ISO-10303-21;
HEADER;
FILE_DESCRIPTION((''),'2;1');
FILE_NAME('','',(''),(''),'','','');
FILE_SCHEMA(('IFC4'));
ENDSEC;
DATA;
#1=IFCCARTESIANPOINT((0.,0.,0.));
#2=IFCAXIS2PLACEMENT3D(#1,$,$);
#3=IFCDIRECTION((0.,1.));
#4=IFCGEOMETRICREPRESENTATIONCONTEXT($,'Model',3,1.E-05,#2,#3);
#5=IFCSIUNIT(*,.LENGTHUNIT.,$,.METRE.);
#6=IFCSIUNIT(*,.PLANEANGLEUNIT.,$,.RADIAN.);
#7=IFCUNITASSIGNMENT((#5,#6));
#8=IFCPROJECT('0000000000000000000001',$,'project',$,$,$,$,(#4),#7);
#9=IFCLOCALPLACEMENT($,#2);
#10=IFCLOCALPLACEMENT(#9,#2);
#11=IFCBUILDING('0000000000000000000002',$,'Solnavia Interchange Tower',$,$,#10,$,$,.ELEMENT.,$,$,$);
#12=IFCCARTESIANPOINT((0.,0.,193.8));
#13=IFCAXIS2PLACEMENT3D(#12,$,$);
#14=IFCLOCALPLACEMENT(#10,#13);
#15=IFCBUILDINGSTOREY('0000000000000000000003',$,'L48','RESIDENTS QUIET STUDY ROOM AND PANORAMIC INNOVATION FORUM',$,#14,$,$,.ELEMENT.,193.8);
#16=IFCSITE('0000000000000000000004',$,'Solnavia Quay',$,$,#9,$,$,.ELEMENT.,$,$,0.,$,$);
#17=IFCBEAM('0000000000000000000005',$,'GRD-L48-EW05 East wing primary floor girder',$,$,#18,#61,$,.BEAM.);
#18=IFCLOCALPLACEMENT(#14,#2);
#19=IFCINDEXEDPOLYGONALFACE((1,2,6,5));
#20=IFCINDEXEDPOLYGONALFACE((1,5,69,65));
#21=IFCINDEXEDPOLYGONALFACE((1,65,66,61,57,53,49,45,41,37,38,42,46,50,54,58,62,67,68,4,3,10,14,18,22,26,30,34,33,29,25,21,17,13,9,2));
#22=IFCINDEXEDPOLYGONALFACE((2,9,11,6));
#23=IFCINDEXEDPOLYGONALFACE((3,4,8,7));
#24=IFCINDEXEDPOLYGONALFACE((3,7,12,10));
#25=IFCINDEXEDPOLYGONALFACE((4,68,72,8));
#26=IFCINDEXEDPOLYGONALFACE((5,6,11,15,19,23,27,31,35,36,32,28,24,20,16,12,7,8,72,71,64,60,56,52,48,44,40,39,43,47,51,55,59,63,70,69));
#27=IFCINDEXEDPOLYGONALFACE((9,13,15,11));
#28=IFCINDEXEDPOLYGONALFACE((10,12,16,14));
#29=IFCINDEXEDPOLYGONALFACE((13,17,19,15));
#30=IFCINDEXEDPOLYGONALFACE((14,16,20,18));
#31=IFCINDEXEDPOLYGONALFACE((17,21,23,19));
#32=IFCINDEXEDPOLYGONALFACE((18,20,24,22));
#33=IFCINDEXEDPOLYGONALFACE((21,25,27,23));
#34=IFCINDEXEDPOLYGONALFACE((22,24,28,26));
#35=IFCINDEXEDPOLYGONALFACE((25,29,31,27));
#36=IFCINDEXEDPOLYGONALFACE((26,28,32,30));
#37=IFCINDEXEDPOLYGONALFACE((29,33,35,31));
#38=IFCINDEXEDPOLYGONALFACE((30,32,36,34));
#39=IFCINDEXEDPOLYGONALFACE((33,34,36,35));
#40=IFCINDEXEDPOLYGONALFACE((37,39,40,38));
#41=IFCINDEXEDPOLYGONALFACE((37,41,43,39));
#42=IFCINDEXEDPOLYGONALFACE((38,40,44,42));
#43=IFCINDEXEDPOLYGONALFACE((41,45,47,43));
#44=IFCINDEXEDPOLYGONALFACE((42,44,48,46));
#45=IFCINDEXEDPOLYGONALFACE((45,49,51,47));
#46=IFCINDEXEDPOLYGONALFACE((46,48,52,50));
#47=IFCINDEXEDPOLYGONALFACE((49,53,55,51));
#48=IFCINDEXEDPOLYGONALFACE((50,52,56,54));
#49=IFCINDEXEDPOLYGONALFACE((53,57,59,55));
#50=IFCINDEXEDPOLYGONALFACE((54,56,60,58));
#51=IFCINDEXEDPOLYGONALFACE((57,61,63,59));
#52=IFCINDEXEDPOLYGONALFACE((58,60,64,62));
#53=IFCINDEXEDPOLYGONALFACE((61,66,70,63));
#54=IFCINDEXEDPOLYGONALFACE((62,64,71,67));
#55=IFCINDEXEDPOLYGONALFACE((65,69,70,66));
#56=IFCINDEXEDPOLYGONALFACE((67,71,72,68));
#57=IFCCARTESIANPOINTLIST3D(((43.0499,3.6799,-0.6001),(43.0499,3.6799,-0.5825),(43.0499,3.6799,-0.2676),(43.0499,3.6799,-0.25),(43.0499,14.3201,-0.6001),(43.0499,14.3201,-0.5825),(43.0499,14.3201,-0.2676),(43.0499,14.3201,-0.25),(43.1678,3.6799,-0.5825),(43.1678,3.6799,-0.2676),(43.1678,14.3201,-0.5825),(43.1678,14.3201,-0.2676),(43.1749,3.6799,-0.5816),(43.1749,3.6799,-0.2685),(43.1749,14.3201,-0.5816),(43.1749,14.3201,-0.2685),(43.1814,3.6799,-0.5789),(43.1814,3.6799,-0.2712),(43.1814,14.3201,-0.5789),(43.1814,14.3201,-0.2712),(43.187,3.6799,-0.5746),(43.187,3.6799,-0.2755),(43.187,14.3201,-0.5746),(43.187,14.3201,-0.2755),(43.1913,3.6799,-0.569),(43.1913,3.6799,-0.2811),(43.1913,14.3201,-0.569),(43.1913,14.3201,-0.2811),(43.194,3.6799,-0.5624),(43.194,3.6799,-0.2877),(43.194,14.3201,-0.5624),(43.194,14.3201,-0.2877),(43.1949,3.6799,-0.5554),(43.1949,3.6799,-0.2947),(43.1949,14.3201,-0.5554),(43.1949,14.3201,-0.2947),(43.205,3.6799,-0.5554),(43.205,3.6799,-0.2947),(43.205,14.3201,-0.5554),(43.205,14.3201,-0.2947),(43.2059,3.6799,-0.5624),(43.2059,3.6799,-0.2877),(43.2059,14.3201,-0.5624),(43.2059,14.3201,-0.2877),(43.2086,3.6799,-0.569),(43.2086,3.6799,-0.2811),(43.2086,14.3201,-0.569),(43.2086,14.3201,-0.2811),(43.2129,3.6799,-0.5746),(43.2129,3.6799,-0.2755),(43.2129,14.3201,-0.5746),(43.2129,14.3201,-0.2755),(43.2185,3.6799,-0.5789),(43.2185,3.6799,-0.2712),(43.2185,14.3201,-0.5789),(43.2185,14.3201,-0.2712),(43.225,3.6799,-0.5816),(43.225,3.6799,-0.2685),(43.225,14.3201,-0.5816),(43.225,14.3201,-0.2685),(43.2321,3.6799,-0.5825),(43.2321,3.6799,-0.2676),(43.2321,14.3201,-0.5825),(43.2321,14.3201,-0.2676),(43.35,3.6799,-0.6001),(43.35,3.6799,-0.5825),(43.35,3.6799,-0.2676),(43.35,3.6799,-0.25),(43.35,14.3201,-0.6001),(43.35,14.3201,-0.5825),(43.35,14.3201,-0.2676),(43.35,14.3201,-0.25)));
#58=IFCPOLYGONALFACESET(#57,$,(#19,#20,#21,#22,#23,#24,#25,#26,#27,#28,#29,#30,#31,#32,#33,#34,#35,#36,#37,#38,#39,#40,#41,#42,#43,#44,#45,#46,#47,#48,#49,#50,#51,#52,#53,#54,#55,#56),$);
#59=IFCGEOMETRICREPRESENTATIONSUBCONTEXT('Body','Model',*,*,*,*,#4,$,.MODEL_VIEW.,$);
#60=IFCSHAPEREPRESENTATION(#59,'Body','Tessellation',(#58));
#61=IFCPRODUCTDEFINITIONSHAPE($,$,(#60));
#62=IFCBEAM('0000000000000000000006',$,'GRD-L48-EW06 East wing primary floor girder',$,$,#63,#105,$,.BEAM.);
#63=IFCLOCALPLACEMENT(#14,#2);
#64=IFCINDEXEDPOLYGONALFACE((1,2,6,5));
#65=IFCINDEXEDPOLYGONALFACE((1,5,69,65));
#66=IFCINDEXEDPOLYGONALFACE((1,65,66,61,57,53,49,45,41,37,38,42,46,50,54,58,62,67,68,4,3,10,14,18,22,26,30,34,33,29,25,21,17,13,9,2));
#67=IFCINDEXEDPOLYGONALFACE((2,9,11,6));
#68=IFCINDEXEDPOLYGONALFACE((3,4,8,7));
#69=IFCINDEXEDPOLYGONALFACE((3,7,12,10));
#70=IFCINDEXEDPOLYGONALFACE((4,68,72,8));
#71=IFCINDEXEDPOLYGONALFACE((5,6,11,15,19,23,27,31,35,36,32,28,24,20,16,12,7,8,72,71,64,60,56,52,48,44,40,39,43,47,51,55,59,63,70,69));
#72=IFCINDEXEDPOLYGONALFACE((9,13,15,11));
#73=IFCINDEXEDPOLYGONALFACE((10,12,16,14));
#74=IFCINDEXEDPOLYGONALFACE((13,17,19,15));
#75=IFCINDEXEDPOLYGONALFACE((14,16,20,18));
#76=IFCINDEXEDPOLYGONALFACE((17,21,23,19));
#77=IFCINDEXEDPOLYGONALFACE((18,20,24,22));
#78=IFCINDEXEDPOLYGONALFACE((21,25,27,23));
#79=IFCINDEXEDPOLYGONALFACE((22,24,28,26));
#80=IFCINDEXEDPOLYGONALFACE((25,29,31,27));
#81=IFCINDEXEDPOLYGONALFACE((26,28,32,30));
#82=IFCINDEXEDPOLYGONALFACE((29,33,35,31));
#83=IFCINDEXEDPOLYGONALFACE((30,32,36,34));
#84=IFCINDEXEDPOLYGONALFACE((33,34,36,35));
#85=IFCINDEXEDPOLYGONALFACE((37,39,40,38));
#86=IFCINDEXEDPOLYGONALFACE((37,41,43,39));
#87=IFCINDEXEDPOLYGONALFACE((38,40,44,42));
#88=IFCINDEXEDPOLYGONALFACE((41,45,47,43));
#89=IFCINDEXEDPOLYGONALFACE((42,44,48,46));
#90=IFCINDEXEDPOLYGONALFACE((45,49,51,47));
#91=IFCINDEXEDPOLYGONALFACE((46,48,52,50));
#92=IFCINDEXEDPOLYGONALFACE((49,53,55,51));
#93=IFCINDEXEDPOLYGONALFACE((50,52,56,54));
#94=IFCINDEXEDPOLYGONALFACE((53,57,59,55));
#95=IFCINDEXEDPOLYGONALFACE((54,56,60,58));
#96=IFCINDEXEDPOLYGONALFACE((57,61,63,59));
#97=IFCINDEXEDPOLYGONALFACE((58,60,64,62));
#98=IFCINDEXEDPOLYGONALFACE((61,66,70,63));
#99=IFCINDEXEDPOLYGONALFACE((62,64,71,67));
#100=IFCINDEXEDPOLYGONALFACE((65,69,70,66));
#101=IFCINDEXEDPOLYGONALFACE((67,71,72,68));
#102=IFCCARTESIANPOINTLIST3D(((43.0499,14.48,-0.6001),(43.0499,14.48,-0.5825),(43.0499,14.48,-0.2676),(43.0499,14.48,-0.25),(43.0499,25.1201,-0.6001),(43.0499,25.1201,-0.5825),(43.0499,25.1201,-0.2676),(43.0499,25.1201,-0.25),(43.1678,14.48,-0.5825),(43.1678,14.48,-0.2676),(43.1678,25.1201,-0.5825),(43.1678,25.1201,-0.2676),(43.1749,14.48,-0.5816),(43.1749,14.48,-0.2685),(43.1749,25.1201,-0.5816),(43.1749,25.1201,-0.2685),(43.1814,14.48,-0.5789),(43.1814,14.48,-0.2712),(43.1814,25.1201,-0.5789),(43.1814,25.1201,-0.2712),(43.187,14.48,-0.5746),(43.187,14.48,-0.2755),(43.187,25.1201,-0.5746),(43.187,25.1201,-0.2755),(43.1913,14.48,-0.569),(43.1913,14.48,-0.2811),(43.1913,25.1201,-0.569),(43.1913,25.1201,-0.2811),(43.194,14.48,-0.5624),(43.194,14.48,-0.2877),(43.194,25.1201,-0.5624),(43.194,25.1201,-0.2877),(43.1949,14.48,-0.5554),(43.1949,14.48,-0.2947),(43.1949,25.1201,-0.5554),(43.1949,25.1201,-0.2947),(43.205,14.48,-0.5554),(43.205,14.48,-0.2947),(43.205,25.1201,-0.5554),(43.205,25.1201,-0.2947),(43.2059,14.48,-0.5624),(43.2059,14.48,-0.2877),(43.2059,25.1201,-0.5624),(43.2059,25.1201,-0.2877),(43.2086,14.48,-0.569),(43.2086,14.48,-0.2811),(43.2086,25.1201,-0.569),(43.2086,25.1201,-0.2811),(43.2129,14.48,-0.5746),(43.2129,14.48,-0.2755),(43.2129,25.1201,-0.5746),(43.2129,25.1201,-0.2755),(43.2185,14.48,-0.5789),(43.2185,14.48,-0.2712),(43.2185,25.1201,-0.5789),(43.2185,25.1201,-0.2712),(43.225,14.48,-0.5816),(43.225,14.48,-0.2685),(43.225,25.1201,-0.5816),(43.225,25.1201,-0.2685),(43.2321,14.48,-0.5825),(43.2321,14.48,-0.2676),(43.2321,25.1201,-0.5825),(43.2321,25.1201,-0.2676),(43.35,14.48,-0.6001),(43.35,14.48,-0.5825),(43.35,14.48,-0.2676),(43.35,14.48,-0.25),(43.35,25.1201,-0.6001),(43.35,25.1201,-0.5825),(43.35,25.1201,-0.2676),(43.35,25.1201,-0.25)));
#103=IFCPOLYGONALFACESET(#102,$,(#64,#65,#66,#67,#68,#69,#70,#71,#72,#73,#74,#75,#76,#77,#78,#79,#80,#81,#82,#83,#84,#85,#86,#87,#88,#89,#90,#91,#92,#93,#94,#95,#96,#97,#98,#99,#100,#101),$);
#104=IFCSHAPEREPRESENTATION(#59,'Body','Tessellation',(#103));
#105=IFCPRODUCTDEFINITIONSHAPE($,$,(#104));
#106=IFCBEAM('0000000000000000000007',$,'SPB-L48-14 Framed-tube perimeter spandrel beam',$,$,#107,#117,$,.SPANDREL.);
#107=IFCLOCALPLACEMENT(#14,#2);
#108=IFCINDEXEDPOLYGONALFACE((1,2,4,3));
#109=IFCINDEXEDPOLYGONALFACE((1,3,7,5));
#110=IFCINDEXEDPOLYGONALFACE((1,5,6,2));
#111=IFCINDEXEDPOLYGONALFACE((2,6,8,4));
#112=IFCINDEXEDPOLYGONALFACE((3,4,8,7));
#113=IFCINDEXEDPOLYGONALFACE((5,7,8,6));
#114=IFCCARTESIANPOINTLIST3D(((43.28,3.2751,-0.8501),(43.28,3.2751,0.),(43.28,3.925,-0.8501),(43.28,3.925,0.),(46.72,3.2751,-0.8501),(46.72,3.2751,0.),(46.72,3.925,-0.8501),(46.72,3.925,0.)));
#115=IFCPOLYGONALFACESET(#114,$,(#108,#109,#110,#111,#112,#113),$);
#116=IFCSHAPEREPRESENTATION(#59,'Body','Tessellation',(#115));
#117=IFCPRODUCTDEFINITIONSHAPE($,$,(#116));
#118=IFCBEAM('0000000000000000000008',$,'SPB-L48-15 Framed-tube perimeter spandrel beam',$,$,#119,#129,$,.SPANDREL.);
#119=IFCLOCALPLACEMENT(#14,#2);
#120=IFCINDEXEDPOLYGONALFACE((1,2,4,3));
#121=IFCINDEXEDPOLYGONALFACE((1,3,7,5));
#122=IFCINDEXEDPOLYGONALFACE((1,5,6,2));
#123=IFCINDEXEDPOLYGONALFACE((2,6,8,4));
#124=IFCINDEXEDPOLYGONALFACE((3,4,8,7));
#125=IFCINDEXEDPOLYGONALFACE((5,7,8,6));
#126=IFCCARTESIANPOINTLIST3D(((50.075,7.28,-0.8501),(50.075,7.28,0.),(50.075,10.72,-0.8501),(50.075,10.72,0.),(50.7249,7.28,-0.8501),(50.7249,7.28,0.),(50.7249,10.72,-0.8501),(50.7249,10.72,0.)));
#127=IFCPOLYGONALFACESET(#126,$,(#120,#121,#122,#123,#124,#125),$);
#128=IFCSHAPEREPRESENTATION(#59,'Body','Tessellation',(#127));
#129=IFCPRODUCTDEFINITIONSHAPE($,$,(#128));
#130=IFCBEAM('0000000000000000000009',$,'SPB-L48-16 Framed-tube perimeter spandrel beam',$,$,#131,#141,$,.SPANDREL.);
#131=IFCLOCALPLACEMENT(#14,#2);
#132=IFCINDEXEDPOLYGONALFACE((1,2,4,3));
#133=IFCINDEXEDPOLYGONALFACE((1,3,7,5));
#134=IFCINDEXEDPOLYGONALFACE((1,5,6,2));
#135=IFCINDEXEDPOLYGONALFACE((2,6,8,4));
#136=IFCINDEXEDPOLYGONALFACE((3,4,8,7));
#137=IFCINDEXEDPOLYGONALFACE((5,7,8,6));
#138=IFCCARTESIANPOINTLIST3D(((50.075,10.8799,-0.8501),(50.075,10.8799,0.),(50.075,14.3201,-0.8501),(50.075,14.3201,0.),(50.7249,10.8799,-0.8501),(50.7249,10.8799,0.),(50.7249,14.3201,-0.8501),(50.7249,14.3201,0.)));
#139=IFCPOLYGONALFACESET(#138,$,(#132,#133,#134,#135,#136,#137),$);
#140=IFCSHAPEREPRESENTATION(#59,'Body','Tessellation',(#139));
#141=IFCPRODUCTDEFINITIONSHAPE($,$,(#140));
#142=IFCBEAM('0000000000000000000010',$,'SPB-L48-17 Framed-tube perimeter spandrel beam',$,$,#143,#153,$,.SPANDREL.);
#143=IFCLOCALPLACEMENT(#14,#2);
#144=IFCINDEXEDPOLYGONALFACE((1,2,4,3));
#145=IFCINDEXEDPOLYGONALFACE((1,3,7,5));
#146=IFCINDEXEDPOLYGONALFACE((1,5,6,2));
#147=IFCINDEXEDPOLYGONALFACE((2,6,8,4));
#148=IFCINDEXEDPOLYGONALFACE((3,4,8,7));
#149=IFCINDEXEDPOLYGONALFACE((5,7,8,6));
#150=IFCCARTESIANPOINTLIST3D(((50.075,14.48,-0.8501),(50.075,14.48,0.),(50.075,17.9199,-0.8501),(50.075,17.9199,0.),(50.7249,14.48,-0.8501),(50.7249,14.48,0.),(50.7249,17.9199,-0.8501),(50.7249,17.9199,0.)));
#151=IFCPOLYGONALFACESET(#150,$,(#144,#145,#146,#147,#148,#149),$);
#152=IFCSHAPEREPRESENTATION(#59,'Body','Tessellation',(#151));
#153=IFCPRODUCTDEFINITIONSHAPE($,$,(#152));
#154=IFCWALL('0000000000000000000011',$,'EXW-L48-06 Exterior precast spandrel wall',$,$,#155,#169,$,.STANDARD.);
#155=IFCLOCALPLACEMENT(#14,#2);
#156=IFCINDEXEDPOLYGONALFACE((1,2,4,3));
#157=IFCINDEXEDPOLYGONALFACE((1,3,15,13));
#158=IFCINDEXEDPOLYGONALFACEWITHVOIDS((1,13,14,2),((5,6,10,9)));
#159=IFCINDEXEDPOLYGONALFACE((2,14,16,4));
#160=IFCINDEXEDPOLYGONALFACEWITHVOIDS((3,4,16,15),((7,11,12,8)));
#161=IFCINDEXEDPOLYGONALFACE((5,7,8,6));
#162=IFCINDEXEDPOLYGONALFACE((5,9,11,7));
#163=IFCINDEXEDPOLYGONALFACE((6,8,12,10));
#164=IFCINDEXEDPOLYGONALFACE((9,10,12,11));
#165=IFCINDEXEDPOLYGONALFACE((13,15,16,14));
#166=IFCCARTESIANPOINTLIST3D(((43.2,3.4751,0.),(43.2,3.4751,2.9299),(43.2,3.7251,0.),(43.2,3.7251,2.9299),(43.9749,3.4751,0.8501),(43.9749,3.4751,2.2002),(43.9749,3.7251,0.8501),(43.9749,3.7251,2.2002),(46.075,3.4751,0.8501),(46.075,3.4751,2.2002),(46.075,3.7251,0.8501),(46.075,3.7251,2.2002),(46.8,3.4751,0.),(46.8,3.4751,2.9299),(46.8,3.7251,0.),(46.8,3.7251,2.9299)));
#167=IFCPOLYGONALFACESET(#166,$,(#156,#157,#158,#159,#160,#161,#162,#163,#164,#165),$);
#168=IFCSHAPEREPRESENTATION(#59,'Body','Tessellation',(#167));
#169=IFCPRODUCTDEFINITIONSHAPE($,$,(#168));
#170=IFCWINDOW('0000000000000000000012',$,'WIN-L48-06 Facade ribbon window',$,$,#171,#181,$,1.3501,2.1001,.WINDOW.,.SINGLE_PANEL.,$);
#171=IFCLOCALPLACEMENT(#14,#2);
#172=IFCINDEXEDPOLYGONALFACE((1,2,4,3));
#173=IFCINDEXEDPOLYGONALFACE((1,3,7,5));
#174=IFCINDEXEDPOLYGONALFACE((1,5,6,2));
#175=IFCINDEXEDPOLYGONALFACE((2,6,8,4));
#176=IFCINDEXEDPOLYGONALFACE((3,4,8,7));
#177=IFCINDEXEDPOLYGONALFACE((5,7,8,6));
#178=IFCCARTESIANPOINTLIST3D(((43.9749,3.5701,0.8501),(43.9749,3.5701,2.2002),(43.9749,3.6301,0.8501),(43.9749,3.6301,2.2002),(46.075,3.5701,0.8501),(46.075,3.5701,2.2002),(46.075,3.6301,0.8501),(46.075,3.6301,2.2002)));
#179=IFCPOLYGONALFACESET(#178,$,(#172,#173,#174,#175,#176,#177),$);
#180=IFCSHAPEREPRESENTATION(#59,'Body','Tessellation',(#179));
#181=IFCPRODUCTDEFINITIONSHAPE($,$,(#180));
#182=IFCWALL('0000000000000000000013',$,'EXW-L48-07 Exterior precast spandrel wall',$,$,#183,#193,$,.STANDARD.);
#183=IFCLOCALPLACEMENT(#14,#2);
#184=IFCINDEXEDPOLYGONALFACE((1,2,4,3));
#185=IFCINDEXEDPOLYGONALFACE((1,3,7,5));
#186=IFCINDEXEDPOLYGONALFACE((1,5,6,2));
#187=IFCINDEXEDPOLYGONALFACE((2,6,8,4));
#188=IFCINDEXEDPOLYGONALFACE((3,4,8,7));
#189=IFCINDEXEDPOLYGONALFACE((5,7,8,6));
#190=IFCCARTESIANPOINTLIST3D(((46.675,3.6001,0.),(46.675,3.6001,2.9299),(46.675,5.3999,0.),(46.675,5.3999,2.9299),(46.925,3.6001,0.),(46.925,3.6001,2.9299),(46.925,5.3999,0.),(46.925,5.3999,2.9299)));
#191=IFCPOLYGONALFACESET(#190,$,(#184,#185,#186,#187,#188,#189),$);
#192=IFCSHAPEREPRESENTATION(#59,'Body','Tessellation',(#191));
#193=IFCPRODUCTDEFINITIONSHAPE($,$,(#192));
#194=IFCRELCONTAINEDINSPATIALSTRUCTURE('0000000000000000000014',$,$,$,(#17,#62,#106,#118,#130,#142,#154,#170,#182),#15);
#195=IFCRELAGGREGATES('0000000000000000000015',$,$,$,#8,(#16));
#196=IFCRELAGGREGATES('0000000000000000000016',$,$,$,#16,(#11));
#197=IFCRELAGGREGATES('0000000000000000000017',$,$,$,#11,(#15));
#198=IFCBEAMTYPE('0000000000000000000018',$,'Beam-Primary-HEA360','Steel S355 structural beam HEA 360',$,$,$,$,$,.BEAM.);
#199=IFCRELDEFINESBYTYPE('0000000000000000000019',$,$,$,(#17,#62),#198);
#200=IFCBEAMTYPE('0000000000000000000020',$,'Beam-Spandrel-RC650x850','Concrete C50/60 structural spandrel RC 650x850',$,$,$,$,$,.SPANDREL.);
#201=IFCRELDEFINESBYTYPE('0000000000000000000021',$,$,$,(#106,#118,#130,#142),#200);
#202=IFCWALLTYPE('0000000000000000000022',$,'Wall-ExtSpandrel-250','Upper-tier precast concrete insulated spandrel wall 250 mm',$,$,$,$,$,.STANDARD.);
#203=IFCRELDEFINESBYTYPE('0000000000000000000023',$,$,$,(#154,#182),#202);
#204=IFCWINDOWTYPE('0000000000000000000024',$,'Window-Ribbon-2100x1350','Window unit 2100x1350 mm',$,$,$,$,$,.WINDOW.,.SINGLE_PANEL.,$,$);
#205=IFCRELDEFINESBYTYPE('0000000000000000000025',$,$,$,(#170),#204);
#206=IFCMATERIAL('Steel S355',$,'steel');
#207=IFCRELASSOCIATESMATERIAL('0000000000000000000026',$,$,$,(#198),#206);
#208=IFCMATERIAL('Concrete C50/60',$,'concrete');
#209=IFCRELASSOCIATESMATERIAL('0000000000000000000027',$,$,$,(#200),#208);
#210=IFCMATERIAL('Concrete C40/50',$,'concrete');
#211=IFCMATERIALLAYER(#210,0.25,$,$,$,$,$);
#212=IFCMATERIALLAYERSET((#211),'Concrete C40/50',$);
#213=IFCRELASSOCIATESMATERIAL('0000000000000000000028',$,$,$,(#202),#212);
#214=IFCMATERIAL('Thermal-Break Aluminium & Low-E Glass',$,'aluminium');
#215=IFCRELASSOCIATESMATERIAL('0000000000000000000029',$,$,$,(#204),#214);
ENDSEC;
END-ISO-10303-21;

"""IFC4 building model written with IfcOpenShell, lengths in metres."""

from ifc_helpers import new_model, si_unit, direction, frame, frame_2d, origin, origin_2d, place, context, subcontext, project, spatial, rectangle, i_section, extrude, material, layer, layer_set, material_profile, profile_set, type_object, element, fill, save


model = new_model("IFC4")

# Units and contexts
model_context = context("Model", 3, precision=1e-05, world=origin(), true_north=direction((0.0, 1.0)))
body_context = subcontext(model_context, "Body", "Model", "MODEL_VIEW")
ifc_project = project(units=[si_unit("LENGTHUNIT", "METRE"), si_unit("PLANEANGLEUNIT", "RADIAN")], contexts=[model_context])

# Site, building, storey
site_placement = place(None, origin())
site = spatial("IfcSite", under=ifc_project, at=site_placement, Name="Solnavia Quay", CompositionType="ELEMENT", RefElevation=0.0)
building_placement = place(site_placement, origin())
building = spatial("IfcBuilding", under=site, at=building_placement, Name="Solnavia Interchange Tower", CompositionType="ELEMENT")
storey_placement = place(building_placement, frame((0.0, 0.0, 193.8)))
storey = spatial("IfcBuildingStorey", under=building, at=storey_placement, Name="L48", Description="RESIDENTS QUIET STUDY ROOM AND PANORAMIC INNOVATION FORUM", CompositionType="ELEMENT", Elevation=193.8)

# Shared definitions
ifc_material_1 = material(Name="Concrete C50/60", Category="concrete")
ifc_material_2 = material(Name="Steel S355", Category="steel")

# Beams
ifc_material_profile_1 = material_profile(ifc_material_2, i_section(OverallWidth=0.3, OverallDepth=0.3501, WebThickness=0.01, FlangeThickness=0.0176, FilletRadius=0.0271, at=origin_2d()), Name="HEA 360")
ifc_profile_set_1 = profile_set([ifc_material_profile_1], Name="Steel S355")
beam_type_1 = type_object("IfcBeamType", Name="Beam-Primary-HEA360", Description="Steel S355 structural beam HEA 360", PredefinedType="BEAM", material=ifc_profile_set_1)
for number, where, z_axis, x_axis, name in (
    (1, (43.2, 3.6799, -0.425), (0.0, 1.0, 0.0), (-1.0, 0.0, 0.0), "GRD-L48-EW05 East wing primary floor girder"),
    (2, (43.2, 14.48, -0.425), (0.0, 1.0, 0.0), (-1.0, 0.0, 0.0), "GRD-L48-EW06 East wing primary floor girder"),
):
    element("IfcBeam", number, at=place(storey_placement, frame(where, z_axis=z_axis, x_axis=x_axis)), inside=storey, type_object=beam_type_1, Name=name, PredefinedType="BEAM", context=body_context, shape_type="SweptSolid", body=[
        extrude(i_section(OverallWidth=0.3, OverallDepth=0.3501, WebThickness=0.01, FlangeThickness=0.0176, FilletRadius=0.0271, at=origin_2d()), origin(), (0.0, 0.0, 1.0), 10.6401),
    ])
ifc_material_profile_2 = material_profile(ifc_material_1, rectangle(XDim=0.6499, YDim=0.8501, at=origin_2d()), Name="RC 650x850")
ifc_profile_set_2 = profile_set([ifc_material_profile_2], Name="Concrete C50/60")
beam_type_2 = type_object("IfcBeamType", Name="Beam-Spandrel-RC650x850", Description="Concrete C50/60 structural spandrel RC 650x850", PredefinedType="SPANDREL", material=ifc_profile_set_2)
for number, where, z_axis, x_axis, name in (
    (3, (43.28, 3.6001, -0.425), (1.0, 0.0, 0.0), (0.0, 1.0, 0.0), "SPB-L48-14 Framed-tube perimeter spandrel beam"),
    (4, (50.3999, 7.28, -0.425), (0.0, 1.0, 0.0), (-1.0, 0.0, 0.0), "SPB-L48-15 Framed-tube perimeter spandrel beam"),
):
    element("IfcBeam", number, at=place(storey_placement, frame(where, z_axis=z_axis, x_axis=x_axis)), inside=storey, type_object=beam_type_2, Name=name, PredefinedType="SPANDREL", context=body_context, shape_type="SweptSolid", body=[
        extrude(rectangle(XDim=0.6499, YDim=0.8501, at=origin_2d()), origin(), (0.0, 0.0, 1.0), 3.4399),
    ])
beam_1_placement = place(storey_placement, frame((50.3999, 10.8799, -0.425), z_axis=(0.0, 1.0, 0.0), x_axis=(-1.0, 0.0, 0.0)))
element("IfcBeam", 5, at=beam_1_placement, inside=storey, type_object=beam_type_2, Name="SPB-L48-16 Framed-tube perimeter spandrel beam", PredefinedType="SPANDREL", context=body_context, shape_type="SweptSolid", body=[
    extrude(rectangle(XDim=0.6499, YDim=0.8501, at=origin_2d()), origin(), (0.0, 0.0, 1.0), 3.4402),
])
beam_2_placement = place(storey_placement, frame((50.3999, 14.48, -0.425), z_axis=(0.0, 1.0, 0.0), x_axis=(-1.0, 0.0, 0.0)))
element("IfcBeam", 6, at=beam_2_placement, inside=storey, type_object=beam_type_2, Name="SPB-L48-17 Framed-tube perimeter spandrel beam", PredefinedType="SPANDREL", context=body_context, shape_type="SweptSolid", body=[
    extrude(rectangle(XDim=0.6499, YDim=0.8501, at=origin_2d()), origin(), (0.0, 0.0, 1.0), 3.4399),
])

# Wall, opening, window
ifc_material_3 = material(Name="Concrete C40/50", Category="concrete")
ifc_layer = layer(ifc_material_3, 0.25)
ifc_layer_set = layer_set([ifc_layer], Name="Concrete C40/50")
wall_type = type_object("IfcWallType", Name="Wall-ExtSpandrel-250", Description="Upper-tier precast concrete insulated spandrel wall 250 mm", PredefinedType="STANDARD", material=ifc_layer_set)
wall_1_placement = place(storey_placement, frame((46.8, 3.6001, 0.0), z_axis=(0.0, 0.0, 1.0), x_axis=(-1.0, 0.0, 0.0)))
wall_1 = element("IfcWall", 7, at=wall_1_placement, inside=storey, type_object=wall_type, Name="EXW-L48-06 Exterior precast spandrel wall", PredefinedType="STANDARD", context=body_context, shape_type="SweptSolid", body=[
    extrude(rectangle(XDim=3.6001, YDim=0.25, at=frame_2d((1.8, 0.0))), origin(), (0.0, 0.0, 1.0), 2.9299),
])
opening_1_placement = place(wall_1_placement, frame((0.7251, 0.0, 0.8501)))
opening_1 = element("IfcOpeningElement", 8, at=opening_1_placement, cuts=wall_1, PredefinedType="OPENING", context=body_context, shape_type="SweptSolid", body=[
    extrude(rectangle(XDim=2.1001, YDim=1.3501, at=frame_2d((1.05, 0.675))), frame((0.0, 0.135, 0.0), z_axis=(0.0, -1.0, 0.0), x_axis=(1.0, 0.0, 0.0)), (0.0, 0.0, 1.0), 0.27),
])
ifc_material_4 = material(Name="Thermal-Break Aluminium & Low-E Glass", Category="aluminium")
window_type = type_object("IfcWindowType", Name="Window-Ribbon-2100x1350", Description="Window unit 2100x1350 mm", PartitioningType="SINGLE_PANEL", PredefinedType="WINDOW", material=ifc_material_4)
window_1_placement = place(opening_1_placement, origin())
window_1 = element("IfcWindow", 9, at=window_1_placement, inside=storey, type_object=window_type, Name="WIN-L48-06 Facade ribbon window", OverallHeight=1.3501, OverallWidth=2.1001, PartitioningType="SINGLE_PANEL", PredefinedType="WINDOW", context=body_context, shape_type="SweptSolid", body=[
    extrude(rectangle(XDim=2.1001, YDim=1.3501, at=frame_2d((1.05, 0.675))), frame((0.0, 0.03, 0.0), z_axis=(0.0, -1.0, 0.0), x_axis=(1.0, 0.0, 0.0)), (0.0, 0.0, 1.0), 0.0601),
])
fill(opening_1, window_1)

# Wall
wall_2_placement = place(storey_placement, frame((46.8, 5.3999, 0.0), z_axis=(0.0, 0.0, 1.0), x_axis=(0.0, -1.0, 0.0)))
element("IfcWall", 10, at=wall_2_placement, inside=storey, type_object=wall_type, Name="EXW-L48-07 Exterior precast spandrel wall", PredefinedType="STANDARD", context=body_context, shape_type="SweptSolid", body=[
    extrude(rectangle(XDim=1.7998, YDim=0.25, at=frame_2d((0.8999, 0.0))), origin(), (0.0, 0.0, 1.0), 2.9299),
])

save(model, "model.ifc")
